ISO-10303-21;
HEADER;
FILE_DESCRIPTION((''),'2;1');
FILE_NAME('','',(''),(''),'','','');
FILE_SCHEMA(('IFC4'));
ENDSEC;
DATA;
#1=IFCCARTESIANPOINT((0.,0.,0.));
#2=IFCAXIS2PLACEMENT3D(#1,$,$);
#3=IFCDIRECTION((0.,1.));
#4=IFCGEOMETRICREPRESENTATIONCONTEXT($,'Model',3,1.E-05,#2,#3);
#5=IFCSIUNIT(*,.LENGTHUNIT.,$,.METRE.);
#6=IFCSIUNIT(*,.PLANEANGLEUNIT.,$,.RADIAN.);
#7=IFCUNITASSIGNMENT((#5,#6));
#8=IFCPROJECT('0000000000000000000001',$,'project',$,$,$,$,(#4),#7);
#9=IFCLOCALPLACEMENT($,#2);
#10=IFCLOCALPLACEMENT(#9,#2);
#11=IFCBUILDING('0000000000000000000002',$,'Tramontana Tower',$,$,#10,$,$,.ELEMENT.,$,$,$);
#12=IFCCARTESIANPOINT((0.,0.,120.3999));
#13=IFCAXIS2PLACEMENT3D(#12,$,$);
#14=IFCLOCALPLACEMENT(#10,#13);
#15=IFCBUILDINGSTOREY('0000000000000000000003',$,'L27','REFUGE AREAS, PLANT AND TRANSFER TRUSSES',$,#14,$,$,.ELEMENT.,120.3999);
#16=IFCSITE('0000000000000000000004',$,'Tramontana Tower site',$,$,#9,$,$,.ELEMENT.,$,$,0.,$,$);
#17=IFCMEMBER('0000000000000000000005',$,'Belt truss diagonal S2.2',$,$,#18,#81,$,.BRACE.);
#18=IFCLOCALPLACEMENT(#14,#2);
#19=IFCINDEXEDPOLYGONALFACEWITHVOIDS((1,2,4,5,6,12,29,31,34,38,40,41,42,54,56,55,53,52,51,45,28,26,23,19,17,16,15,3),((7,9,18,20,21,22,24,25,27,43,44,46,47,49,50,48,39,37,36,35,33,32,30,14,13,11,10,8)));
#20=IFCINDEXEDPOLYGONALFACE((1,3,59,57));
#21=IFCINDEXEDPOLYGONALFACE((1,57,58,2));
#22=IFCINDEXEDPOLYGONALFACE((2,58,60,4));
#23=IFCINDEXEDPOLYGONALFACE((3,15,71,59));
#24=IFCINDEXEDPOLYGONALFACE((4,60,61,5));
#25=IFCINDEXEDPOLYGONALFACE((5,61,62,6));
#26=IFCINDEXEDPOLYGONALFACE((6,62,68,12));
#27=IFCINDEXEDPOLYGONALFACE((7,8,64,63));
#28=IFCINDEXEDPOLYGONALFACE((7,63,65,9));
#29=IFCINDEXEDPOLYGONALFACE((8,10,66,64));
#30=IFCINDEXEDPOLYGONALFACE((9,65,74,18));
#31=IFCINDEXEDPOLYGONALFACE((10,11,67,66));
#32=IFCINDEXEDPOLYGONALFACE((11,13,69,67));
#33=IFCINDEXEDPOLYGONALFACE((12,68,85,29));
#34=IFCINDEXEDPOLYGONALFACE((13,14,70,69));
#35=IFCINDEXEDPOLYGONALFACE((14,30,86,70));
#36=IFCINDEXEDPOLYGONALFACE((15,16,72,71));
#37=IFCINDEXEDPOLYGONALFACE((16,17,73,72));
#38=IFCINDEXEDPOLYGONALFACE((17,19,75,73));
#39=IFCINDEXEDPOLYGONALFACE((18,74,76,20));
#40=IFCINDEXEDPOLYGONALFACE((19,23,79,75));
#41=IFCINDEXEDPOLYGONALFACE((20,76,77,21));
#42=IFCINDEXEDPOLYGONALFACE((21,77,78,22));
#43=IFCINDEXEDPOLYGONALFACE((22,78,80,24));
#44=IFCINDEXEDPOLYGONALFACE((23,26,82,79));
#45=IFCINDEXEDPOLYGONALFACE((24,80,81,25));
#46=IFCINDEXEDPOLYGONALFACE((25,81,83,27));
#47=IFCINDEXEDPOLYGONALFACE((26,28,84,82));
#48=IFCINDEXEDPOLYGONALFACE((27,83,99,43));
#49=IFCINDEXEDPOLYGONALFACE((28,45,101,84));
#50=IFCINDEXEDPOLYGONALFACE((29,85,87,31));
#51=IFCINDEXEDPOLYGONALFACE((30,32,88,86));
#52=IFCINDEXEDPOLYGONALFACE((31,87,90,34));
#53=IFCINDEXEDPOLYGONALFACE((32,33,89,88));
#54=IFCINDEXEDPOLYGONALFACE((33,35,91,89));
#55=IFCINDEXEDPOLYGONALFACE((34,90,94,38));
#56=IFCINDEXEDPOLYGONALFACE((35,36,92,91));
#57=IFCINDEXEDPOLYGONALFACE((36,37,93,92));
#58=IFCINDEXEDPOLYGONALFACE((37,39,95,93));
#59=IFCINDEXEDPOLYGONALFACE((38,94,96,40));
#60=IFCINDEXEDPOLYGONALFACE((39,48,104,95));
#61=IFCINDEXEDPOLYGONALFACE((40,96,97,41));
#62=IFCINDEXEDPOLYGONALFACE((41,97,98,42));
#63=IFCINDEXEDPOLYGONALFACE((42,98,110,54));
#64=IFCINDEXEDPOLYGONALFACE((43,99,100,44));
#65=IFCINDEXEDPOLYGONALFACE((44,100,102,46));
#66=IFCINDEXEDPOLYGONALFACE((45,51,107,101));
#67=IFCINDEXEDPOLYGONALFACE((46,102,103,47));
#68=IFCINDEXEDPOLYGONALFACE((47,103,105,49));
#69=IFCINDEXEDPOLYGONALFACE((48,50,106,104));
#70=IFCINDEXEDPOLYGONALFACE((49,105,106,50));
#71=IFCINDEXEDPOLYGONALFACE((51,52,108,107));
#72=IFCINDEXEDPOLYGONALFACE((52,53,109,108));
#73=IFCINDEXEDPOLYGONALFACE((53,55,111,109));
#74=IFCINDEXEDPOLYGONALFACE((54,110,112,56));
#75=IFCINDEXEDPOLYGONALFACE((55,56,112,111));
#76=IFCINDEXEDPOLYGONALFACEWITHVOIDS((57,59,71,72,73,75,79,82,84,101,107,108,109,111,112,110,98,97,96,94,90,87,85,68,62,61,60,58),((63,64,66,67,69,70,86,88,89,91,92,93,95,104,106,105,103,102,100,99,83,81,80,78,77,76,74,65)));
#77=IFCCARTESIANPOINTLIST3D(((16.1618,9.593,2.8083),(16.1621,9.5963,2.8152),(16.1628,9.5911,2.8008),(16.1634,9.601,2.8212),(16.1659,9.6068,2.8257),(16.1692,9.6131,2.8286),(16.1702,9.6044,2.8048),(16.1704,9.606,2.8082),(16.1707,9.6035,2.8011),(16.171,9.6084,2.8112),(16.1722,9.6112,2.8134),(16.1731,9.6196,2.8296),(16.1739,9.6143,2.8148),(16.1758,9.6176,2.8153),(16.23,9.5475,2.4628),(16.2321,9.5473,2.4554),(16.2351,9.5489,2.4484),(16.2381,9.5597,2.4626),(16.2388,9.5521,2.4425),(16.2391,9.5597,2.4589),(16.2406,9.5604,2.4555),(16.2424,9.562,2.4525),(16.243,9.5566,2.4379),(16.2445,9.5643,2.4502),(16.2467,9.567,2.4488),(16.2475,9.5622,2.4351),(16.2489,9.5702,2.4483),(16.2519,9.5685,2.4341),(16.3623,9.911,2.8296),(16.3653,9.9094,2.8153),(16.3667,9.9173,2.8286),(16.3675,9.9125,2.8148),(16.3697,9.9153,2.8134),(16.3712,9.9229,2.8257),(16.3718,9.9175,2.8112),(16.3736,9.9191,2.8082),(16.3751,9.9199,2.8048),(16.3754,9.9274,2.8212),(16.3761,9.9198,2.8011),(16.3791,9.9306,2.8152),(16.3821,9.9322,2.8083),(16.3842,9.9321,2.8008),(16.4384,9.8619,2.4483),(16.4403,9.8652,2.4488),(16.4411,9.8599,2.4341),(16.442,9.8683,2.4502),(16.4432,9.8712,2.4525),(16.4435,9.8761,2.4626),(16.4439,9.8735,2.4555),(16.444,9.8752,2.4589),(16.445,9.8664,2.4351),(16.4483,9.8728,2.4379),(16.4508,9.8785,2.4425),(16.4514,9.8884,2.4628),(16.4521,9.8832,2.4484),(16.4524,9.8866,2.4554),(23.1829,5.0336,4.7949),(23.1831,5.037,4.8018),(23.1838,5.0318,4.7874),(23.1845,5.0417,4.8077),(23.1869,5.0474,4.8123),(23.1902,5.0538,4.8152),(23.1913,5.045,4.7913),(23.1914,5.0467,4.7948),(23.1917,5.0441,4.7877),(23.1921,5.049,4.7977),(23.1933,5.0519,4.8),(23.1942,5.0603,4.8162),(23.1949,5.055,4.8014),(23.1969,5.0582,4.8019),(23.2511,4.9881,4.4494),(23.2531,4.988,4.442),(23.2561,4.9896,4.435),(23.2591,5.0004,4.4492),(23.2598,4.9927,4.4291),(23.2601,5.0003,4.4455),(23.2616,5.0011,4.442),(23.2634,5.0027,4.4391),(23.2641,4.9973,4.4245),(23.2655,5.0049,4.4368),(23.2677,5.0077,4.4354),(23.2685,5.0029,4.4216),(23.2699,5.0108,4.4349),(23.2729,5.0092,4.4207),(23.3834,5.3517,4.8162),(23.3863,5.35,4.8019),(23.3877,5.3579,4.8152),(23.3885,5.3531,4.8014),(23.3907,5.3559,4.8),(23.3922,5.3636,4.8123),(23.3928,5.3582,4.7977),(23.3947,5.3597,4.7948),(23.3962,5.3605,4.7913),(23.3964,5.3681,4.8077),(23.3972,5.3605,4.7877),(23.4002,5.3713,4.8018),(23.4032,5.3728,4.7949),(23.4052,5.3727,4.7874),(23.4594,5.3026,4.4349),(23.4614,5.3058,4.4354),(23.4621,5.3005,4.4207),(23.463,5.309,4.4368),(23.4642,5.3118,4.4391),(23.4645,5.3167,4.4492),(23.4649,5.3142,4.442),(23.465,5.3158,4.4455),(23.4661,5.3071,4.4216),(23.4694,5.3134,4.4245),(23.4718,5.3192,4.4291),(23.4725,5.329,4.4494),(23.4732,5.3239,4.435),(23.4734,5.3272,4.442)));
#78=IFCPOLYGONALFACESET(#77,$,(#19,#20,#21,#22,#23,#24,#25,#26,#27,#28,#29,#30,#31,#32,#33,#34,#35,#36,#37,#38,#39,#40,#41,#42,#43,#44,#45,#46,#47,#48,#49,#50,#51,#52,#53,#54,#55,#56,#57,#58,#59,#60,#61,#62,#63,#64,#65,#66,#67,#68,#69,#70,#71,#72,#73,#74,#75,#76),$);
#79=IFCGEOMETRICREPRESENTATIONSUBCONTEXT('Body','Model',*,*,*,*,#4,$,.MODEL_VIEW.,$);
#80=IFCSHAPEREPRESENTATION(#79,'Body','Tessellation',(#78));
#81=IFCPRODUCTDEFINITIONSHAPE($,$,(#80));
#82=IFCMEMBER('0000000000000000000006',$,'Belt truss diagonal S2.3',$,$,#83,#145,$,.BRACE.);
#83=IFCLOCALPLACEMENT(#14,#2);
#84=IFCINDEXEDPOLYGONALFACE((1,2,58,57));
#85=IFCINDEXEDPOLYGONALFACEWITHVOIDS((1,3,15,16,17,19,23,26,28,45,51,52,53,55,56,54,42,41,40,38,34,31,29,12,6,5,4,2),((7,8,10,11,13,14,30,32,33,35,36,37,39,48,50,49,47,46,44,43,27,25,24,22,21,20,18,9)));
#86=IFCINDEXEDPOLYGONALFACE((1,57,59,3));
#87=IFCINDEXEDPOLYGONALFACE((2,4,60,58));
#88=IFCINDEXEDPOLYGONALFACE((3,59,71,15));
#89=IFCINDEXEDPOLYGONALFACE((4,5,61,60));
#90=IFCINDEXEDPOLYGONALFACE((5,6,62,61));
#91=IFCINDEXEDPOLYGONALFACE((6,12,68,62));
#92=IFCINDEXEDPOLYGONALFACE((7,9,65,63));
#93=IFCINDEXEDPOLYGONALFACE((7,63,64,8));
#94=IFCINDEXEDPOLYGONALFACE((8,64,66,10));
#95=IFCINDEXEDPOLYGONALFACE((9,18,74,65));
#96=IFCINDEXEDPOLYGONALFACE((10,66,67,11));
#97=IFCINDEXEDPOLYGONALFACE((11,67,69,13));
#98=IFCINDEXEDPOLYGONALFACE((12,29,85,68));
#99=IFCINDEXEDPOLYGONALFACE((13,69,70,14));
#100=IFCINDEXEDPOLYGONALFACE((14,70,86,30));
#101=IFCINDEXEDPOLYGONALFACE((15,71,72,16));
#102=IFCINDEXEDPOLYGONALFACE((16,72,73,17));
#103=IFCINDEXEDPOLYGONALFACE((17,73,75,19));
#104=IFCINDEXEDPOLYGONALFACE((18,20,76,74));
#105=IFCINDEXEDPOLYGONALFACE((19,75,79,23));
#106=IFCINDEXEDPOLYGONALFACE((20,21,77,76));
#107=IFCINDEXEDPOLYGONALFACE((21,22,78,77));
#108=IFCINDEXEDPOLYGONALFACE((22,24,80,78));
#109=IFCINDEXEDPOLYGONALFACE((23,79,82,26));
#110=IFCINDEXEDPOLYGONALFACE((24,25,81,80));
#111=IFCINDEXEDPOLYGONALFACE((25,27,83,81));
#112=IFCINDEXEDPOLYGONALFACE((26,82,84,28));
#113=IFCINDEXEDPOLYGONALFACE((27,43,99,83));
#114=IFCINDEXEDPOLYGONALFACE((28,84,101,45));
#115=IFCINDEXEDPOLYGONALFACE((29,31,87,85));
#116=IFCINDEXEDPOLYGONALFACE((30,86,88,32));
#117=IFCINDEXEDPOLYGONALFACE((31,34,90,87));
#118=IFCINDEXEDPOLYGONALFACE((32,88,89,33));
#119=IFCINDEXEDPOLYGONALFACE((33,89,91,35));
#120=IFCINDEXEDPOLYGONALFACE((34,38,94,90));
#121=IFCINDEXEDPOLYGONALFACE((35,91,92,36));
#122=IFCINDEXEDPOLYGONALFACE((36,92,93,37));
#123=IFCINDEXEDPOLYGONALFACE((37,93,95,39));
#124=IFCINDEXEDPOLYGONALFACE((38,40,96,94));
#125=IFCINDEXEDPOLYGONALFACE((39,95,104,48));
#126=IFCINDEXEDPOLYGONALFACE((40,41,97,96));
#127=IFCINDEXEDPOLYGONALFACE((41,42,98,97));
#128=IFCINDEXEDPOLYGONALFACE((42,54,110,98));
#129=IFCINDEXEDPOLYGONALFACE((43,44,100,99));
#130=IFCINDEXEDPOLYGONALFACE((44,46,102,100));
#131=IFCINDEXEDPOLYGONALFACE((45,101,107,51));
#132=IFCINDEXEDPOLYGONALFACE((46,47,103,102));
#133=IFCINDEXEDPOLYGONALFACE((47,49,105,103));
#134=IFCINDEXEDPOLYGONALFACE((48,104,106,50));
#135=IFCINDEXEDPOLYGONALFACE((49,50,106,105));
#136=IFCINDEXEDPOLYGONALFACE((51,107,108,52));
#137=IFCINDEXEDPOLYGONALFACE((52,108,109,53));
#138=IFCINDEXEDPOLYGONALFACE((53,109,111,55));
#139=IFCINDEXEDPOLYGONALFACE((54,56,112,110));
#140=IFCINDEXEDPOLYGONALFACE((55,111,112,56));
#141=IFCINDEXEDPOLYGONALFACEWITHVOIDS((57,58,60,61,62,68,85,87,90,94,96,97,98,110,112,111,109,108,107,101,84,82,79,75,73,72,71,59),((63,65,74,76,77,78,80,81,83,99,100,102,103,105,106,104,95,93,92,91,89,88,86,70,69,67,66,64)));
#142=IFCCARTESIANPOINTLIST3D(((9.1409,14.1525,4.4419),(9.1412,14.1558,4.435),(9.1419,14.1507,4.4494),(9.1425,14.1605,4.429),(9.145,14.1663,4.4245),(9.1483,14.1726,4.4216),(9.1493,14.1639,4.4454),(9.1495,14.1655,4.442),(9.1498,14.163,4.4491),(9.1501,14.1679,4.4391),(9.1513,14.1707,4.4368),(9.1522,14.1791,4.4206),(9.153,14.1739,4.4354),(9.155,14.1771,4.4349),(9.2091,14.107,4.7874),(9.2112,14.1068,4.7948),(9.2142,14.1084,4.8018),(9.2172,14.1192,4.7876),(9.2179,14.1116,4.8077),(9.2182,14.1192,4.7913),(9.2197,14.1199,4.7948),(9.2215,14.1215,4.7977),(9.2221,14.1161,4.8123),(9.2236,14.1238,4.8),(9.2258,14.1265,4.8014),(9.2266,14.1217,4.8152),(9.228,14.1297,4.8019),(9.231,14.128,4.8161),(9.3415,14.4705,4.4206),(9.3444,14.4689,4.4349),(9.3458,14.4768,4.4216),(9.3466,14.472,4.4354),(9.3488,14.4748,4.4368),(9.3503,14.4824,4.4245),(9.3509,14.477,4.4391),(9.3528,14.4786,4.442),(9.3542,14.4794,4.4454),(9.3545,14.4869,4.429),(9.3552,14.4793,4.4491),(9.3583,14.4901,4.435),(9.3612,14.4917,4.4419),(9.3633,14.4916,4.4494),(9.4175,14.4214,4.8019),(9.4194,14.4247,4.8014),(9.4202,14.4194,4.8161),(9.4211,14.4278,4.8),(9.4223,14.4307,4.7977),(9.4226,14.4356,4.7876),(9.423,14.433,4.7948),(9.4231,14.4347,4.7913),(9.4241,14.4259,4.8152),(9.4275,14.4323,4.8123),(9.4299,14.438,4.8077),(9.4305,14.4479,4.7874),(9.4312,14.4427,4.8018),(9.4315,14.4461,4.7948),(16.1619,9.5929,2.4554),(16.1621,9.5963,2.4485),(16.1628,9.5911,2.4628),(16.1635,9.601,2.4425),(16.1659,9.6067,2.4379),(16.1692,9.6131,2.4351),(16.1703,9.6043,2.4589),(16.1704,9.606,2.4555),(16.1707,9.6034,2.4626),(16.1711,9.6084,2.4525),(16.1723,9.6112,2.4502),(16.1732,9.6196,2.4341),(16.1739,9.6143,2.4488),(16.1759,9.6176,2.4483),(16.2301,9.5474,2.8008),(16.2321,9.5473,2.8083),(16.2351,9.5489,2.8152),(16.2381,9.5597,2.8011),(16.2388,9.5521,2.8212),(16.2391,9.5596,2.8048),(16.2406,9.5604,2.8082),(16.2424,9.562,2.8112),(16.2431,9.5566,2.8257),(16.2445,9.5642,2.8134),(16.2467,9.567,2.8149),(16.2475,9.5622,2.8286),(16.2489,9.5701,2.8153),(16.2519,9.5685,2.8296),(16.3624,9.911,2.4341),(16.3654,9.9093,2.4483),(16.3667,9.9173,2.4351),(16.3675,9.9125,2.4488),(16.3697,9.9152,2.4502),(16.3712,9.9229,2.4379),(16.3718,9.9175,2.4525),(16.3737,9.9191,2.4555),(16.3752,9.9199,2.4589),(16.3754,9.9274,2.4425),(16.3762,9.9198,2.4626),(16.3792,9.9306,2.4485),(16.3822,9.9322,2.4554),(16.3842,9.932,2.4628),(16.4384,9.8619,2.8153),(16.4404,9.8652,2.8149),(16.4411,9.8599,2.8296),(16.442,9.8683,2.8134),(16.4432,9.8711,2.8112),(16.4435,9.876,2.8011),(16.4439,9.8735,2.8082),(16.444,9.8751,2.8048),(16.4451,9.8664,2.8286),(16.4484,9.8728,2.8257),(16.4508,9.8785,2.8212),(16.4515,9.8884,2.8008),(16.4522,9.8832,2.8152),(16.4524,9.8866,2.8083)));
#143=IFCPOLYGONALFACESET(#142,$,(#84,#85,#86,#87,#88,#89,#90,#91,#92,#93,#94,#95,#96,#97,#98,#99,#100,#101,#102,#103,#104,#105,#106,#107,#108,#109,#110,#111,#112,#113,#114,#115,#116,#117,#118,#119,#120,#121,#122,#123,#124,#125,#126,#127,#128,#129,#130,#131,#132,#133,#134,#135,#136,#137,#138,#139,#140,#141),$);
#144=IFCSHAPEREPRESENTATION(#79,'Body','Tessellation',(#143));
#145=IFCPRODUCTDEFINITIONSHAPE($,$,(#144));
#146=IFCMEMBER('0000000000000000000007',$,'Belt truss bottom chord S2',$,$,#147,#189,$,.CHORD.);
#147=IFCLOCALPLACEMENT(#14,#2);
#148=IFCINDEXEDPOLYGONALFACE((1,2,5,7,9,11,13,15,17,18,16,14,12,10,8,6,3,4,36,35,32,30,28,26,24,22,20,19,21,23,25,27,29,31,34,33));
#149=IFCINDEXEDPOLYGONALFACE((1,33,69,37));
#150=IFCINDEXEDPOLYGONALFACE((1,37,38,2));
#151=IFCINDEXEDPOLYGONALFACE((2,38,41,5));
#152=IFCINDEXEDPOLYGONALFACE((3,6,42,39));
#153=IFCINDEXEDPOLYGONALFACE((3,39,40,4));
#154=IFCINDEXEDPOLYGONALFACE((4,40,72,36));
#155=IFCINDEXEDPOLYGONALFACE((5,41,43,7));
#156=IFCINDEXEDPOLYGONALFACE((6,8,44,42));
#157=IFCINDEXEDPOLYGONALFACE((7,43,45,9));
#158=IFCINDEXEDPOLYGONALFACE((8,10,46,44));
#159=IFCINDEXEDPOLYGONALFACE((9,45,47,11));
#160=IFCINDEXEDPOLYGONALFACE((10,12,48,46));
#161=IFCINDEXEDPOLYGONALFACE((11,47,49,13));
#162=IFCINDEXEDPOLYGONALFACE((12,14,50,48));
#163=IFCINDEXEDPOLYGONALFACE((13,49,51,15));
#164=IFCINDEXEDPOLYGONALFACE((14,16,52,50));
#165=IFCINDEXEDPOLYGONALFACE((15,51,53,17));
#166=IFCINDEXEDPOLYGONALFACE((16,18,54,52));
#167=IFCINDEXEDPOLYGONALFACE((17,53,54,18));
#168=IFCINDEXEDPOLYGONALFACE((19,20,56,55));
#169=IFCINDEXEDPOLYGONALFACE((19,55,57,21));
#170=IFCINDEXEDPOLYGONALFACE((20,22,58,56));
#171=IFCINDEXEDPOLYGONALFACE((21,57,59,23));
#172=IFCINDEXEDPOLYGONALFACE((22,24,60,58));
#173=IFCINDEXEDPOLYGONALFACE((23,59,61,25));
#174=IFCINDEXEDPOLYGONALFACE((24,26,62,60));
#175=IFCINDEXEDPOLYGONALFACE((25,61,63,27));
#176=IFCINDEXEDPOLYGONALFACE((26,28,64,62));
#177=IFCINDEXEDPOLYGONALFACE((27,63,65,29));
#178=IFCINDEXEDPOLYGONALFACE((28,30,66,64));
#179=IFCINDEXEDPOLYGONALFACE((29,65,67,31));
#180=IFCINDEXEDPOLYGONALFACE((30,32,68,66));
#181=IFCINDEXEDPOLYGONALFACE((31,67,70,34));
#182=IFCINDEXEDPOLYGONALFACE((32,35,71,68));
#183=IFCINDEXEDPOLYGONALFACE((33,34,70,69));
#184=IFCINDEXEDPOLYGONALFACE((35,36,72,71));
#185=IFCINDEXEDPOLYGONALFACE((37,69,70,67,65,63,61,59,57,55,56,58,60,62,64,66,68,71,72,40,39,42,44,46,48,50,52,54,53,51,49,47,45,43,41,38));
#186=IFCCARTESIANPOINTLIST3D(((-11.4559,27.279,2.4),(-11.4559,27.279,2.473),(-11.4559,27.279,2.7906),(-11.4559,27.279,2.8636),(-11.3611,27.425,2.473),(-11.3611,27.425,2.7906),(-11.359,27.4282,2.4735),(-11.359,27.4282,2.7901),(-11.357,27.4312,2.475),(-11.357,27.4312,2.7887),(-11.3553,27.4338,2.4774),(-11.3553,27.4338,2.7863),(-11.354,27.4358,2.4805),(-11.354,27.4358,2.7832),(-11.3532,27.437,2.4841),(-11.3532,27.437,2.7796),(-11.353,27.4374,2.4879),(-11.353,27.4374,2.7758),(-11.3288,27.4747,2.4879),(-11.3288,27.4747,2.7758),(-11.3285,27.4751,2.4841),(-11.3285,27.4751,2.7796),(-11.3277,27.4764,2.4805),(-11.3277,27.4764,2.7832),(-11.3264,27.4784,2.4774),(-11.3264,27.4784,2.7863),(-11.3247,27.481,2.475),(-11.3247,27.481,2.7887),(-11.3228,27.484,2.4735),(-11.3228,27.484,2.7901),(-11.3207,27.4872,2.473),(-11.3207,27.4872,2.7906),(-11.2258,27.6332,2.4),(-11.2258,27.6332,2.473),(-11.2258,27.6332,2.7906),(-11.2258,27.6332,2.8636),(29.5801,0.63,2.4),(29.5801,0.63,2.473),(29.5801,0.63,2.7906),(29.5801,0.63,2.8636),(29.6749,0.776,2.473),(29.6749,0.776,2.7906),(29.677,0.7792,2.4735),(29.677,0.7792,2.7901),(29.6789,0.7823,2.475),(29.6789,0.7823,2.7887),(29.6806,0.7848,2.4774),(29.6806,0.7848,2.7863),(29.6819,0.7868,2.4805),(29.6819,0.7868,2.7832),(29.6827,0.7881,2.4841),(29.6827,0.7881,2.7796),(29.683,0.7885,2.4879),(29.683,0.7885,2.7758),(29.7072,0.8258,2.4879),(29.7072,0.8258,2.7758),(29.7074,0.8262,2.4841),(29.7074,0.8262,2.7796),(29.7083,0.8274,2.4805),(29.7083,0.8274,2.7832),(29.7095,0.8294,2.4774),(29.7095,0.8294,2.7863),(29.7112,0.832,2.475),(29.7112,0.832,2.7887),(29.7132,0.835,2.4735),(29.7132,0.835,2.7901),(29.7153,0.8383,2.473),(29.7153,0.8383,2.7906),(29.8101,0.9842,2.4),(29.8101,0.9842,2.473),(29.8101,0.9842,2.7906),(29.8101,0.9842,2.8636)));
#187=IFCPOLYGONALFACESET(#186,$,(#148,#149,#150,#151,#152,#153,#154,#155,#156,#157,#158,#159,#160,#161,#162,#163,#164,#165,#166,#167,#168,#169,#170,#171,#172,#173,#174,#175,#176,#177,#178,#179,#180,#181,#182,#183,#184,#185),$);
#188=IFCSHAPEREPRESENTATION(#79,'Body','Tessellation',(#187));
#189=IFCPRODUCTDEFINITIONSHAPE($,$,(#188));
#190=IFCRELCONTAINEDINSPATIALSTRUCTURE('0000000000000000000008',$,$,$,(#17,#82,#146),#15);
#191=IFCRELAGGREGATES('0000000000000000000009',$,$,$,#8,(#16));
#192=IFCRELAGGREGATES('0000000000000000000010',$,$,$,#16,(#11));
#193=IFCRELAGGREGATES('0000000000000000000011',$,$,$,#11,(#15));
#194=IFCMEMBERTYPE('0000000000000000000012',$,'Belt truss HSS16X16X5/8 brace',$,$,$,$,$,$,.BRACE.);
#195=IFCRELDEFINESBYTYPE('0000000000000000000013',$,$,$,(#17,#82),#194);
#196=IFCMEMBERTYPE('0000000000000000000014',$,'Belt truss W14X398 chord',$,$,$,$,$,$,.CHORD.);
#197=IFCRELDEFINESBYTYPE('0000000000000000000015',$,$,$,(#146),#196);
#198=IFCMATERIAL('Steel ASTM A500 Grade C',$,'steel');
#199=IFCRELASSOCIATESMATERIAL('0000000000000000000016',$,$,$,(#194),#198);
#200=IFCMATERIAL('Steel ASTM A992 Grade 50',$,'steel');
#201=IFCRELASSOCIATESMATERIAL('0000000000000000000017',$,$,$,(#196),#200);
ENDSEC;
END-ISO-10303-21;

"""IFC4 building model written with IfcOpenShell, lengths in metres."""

from ifc_helpers import new_model, si_unit, direction, frame, origin, origin_2d, place, context, subcontext, project, spatial, hollow_rectangle, i_section, extrude, material, material_profile, profile_set, type_object, element, save


model = new_model("IFC4")

# Units and contexts
model_context = context("Model", 3, precision=1e-05, world=origin(), true_north=direction((0.0, 1.0)))
body_context = subcontext(model_context, "Body", "Model", "MODEL_VIEW")
ifc_project = project(units=[si_unit("LENGTHUNIT", "METRE"), si_unit("PLANEANGLEUNIT", "RADIAN")], contexts=[model_context])

# Site, building, storey
site_placement = place(None, origin())
site = spatial("IfcSite", under=ifc_project, at=site_placement, Name="Tramontana Tower site", CompositionType="ELEMENT", RefElevation=0.0)
building_placement = place(site_placement, origin())
building = spatial("IfcBuilding", under=site, at=building_placement, Name="Tramontana Tower", CompositionType="ELEMENT")
storey_placement = place(building_placement, frame((0.0, 0.0, 120.3999)))
storey = spatial("IfcBuildingStorey", under=building, at=storey_placement, Name="L27", Description="REFUGE AREAS, PLANT AND TRANSFER TRUSSES", CompositionType="ELEMENT", Elevation=120.3999)

# Members
ifc_material_1 = material(Name="Steel ASTM A500 Grade C", Category="steel")
ifc_material_profile_1 = material_profile(ifc_material_1, hollow_rectangle(XDim=0.4065, YDim=0.4065, WallThickness=0.0146, InnerFilletRadius=0.0146, OuterFilletRadius=0.0295, at=origin_2d()), Name="HSS16X16X5/8")
ifc_profile_set_1 = profile_set([ifc_material_profile_1], Name="Steel ASTM A500 Grade C")
member_type_1 = type_object("IfcMemberType", Name="Belt truss HSS16X16X5/8 brace", PredefinedType="BRACE", material=ifc_profile_set_1)
for number, where, z_axis, x_axis, name in (
    (1, (23.3281, 5.1804, 4.6184), (-0.816018, 0.52991, -0.23089), (-0.544625, -0.838679, 0.0), "Belt truss diagonal S2.2"),
    (2, (16.3071, 9.7397, 2.6318), (-0.816006, 0.52993, 0.230887), (-0.544646, -0.838666, 0.0), "Belt truss diagonal S2.3"),
):
    element("IfcMember", number, at=place(storey_placement, frame(where, z_axis=z_axis, x_axis=x_axis)), inside=storey, type_object=member_type_1, Name=name, PredefinedType="BRACE", context=body_context, shape_type="SweptSolid", body=[
        extrude(hollow_rectangle(XDim=0.4065, YDim=0.4065, WallThickness=0.0146, InnerFilletRadius=0.0146, OuterFilletRadius=0.0295, at=origin_2d()), origin(), (0.0, 0.0, 1.0), 8.604),
    ])
ifc_material_2 = material(Name="Steel ASTM A992 Grade 50", Category="steel")
ifc_material_profile_2 = material_profile(ifc_material_2, i_section(OverallWidth=0.4224, OverallDepth=0.4636, WebThickness=0.0444, FlangeThickness=0.073, FilletRadius=0.0149, at=origin_2d()), Name="W14X398")
ifc_profile_set_2 = profile_set([ifc_material_profile_2], Name="Steel ASTM A992 Grade 50")
member_type_2 = type_object("IfcMemberType", Name="Belt truss W14X398 chord", PredefinedType="CHORD", material=ifc_profile_set_2)
for number, where, z_axis, x_axis, name in (
    (3, (29.6951, 0.8071, 2.6318), (-0.838671, 0.544638, 0.0), (-0.544638, -0.838671, 0.0), "Belt truss bottom chord S2"),
):
    element("IfcMember", number, at=place(storey_placement, frame(where, z_axis=z_axis, x_axis=x_axis)), inside=storey, type_object=member_type_2, Name=name, PredefinedType="CHORD", context=body_context, shape_type="SweptSolid", body=[
        extrude(i_section(OverallWidth=0.4224, OverallDepth=0.4636, WebThickness=0.0444, FlangeThickness=0.073, FilletRadius=0.0149, at=origin_2d()), origin(), (0.0, 0.0, 1.0), 48.9297),
    ])

save(model, "model.ifc")
